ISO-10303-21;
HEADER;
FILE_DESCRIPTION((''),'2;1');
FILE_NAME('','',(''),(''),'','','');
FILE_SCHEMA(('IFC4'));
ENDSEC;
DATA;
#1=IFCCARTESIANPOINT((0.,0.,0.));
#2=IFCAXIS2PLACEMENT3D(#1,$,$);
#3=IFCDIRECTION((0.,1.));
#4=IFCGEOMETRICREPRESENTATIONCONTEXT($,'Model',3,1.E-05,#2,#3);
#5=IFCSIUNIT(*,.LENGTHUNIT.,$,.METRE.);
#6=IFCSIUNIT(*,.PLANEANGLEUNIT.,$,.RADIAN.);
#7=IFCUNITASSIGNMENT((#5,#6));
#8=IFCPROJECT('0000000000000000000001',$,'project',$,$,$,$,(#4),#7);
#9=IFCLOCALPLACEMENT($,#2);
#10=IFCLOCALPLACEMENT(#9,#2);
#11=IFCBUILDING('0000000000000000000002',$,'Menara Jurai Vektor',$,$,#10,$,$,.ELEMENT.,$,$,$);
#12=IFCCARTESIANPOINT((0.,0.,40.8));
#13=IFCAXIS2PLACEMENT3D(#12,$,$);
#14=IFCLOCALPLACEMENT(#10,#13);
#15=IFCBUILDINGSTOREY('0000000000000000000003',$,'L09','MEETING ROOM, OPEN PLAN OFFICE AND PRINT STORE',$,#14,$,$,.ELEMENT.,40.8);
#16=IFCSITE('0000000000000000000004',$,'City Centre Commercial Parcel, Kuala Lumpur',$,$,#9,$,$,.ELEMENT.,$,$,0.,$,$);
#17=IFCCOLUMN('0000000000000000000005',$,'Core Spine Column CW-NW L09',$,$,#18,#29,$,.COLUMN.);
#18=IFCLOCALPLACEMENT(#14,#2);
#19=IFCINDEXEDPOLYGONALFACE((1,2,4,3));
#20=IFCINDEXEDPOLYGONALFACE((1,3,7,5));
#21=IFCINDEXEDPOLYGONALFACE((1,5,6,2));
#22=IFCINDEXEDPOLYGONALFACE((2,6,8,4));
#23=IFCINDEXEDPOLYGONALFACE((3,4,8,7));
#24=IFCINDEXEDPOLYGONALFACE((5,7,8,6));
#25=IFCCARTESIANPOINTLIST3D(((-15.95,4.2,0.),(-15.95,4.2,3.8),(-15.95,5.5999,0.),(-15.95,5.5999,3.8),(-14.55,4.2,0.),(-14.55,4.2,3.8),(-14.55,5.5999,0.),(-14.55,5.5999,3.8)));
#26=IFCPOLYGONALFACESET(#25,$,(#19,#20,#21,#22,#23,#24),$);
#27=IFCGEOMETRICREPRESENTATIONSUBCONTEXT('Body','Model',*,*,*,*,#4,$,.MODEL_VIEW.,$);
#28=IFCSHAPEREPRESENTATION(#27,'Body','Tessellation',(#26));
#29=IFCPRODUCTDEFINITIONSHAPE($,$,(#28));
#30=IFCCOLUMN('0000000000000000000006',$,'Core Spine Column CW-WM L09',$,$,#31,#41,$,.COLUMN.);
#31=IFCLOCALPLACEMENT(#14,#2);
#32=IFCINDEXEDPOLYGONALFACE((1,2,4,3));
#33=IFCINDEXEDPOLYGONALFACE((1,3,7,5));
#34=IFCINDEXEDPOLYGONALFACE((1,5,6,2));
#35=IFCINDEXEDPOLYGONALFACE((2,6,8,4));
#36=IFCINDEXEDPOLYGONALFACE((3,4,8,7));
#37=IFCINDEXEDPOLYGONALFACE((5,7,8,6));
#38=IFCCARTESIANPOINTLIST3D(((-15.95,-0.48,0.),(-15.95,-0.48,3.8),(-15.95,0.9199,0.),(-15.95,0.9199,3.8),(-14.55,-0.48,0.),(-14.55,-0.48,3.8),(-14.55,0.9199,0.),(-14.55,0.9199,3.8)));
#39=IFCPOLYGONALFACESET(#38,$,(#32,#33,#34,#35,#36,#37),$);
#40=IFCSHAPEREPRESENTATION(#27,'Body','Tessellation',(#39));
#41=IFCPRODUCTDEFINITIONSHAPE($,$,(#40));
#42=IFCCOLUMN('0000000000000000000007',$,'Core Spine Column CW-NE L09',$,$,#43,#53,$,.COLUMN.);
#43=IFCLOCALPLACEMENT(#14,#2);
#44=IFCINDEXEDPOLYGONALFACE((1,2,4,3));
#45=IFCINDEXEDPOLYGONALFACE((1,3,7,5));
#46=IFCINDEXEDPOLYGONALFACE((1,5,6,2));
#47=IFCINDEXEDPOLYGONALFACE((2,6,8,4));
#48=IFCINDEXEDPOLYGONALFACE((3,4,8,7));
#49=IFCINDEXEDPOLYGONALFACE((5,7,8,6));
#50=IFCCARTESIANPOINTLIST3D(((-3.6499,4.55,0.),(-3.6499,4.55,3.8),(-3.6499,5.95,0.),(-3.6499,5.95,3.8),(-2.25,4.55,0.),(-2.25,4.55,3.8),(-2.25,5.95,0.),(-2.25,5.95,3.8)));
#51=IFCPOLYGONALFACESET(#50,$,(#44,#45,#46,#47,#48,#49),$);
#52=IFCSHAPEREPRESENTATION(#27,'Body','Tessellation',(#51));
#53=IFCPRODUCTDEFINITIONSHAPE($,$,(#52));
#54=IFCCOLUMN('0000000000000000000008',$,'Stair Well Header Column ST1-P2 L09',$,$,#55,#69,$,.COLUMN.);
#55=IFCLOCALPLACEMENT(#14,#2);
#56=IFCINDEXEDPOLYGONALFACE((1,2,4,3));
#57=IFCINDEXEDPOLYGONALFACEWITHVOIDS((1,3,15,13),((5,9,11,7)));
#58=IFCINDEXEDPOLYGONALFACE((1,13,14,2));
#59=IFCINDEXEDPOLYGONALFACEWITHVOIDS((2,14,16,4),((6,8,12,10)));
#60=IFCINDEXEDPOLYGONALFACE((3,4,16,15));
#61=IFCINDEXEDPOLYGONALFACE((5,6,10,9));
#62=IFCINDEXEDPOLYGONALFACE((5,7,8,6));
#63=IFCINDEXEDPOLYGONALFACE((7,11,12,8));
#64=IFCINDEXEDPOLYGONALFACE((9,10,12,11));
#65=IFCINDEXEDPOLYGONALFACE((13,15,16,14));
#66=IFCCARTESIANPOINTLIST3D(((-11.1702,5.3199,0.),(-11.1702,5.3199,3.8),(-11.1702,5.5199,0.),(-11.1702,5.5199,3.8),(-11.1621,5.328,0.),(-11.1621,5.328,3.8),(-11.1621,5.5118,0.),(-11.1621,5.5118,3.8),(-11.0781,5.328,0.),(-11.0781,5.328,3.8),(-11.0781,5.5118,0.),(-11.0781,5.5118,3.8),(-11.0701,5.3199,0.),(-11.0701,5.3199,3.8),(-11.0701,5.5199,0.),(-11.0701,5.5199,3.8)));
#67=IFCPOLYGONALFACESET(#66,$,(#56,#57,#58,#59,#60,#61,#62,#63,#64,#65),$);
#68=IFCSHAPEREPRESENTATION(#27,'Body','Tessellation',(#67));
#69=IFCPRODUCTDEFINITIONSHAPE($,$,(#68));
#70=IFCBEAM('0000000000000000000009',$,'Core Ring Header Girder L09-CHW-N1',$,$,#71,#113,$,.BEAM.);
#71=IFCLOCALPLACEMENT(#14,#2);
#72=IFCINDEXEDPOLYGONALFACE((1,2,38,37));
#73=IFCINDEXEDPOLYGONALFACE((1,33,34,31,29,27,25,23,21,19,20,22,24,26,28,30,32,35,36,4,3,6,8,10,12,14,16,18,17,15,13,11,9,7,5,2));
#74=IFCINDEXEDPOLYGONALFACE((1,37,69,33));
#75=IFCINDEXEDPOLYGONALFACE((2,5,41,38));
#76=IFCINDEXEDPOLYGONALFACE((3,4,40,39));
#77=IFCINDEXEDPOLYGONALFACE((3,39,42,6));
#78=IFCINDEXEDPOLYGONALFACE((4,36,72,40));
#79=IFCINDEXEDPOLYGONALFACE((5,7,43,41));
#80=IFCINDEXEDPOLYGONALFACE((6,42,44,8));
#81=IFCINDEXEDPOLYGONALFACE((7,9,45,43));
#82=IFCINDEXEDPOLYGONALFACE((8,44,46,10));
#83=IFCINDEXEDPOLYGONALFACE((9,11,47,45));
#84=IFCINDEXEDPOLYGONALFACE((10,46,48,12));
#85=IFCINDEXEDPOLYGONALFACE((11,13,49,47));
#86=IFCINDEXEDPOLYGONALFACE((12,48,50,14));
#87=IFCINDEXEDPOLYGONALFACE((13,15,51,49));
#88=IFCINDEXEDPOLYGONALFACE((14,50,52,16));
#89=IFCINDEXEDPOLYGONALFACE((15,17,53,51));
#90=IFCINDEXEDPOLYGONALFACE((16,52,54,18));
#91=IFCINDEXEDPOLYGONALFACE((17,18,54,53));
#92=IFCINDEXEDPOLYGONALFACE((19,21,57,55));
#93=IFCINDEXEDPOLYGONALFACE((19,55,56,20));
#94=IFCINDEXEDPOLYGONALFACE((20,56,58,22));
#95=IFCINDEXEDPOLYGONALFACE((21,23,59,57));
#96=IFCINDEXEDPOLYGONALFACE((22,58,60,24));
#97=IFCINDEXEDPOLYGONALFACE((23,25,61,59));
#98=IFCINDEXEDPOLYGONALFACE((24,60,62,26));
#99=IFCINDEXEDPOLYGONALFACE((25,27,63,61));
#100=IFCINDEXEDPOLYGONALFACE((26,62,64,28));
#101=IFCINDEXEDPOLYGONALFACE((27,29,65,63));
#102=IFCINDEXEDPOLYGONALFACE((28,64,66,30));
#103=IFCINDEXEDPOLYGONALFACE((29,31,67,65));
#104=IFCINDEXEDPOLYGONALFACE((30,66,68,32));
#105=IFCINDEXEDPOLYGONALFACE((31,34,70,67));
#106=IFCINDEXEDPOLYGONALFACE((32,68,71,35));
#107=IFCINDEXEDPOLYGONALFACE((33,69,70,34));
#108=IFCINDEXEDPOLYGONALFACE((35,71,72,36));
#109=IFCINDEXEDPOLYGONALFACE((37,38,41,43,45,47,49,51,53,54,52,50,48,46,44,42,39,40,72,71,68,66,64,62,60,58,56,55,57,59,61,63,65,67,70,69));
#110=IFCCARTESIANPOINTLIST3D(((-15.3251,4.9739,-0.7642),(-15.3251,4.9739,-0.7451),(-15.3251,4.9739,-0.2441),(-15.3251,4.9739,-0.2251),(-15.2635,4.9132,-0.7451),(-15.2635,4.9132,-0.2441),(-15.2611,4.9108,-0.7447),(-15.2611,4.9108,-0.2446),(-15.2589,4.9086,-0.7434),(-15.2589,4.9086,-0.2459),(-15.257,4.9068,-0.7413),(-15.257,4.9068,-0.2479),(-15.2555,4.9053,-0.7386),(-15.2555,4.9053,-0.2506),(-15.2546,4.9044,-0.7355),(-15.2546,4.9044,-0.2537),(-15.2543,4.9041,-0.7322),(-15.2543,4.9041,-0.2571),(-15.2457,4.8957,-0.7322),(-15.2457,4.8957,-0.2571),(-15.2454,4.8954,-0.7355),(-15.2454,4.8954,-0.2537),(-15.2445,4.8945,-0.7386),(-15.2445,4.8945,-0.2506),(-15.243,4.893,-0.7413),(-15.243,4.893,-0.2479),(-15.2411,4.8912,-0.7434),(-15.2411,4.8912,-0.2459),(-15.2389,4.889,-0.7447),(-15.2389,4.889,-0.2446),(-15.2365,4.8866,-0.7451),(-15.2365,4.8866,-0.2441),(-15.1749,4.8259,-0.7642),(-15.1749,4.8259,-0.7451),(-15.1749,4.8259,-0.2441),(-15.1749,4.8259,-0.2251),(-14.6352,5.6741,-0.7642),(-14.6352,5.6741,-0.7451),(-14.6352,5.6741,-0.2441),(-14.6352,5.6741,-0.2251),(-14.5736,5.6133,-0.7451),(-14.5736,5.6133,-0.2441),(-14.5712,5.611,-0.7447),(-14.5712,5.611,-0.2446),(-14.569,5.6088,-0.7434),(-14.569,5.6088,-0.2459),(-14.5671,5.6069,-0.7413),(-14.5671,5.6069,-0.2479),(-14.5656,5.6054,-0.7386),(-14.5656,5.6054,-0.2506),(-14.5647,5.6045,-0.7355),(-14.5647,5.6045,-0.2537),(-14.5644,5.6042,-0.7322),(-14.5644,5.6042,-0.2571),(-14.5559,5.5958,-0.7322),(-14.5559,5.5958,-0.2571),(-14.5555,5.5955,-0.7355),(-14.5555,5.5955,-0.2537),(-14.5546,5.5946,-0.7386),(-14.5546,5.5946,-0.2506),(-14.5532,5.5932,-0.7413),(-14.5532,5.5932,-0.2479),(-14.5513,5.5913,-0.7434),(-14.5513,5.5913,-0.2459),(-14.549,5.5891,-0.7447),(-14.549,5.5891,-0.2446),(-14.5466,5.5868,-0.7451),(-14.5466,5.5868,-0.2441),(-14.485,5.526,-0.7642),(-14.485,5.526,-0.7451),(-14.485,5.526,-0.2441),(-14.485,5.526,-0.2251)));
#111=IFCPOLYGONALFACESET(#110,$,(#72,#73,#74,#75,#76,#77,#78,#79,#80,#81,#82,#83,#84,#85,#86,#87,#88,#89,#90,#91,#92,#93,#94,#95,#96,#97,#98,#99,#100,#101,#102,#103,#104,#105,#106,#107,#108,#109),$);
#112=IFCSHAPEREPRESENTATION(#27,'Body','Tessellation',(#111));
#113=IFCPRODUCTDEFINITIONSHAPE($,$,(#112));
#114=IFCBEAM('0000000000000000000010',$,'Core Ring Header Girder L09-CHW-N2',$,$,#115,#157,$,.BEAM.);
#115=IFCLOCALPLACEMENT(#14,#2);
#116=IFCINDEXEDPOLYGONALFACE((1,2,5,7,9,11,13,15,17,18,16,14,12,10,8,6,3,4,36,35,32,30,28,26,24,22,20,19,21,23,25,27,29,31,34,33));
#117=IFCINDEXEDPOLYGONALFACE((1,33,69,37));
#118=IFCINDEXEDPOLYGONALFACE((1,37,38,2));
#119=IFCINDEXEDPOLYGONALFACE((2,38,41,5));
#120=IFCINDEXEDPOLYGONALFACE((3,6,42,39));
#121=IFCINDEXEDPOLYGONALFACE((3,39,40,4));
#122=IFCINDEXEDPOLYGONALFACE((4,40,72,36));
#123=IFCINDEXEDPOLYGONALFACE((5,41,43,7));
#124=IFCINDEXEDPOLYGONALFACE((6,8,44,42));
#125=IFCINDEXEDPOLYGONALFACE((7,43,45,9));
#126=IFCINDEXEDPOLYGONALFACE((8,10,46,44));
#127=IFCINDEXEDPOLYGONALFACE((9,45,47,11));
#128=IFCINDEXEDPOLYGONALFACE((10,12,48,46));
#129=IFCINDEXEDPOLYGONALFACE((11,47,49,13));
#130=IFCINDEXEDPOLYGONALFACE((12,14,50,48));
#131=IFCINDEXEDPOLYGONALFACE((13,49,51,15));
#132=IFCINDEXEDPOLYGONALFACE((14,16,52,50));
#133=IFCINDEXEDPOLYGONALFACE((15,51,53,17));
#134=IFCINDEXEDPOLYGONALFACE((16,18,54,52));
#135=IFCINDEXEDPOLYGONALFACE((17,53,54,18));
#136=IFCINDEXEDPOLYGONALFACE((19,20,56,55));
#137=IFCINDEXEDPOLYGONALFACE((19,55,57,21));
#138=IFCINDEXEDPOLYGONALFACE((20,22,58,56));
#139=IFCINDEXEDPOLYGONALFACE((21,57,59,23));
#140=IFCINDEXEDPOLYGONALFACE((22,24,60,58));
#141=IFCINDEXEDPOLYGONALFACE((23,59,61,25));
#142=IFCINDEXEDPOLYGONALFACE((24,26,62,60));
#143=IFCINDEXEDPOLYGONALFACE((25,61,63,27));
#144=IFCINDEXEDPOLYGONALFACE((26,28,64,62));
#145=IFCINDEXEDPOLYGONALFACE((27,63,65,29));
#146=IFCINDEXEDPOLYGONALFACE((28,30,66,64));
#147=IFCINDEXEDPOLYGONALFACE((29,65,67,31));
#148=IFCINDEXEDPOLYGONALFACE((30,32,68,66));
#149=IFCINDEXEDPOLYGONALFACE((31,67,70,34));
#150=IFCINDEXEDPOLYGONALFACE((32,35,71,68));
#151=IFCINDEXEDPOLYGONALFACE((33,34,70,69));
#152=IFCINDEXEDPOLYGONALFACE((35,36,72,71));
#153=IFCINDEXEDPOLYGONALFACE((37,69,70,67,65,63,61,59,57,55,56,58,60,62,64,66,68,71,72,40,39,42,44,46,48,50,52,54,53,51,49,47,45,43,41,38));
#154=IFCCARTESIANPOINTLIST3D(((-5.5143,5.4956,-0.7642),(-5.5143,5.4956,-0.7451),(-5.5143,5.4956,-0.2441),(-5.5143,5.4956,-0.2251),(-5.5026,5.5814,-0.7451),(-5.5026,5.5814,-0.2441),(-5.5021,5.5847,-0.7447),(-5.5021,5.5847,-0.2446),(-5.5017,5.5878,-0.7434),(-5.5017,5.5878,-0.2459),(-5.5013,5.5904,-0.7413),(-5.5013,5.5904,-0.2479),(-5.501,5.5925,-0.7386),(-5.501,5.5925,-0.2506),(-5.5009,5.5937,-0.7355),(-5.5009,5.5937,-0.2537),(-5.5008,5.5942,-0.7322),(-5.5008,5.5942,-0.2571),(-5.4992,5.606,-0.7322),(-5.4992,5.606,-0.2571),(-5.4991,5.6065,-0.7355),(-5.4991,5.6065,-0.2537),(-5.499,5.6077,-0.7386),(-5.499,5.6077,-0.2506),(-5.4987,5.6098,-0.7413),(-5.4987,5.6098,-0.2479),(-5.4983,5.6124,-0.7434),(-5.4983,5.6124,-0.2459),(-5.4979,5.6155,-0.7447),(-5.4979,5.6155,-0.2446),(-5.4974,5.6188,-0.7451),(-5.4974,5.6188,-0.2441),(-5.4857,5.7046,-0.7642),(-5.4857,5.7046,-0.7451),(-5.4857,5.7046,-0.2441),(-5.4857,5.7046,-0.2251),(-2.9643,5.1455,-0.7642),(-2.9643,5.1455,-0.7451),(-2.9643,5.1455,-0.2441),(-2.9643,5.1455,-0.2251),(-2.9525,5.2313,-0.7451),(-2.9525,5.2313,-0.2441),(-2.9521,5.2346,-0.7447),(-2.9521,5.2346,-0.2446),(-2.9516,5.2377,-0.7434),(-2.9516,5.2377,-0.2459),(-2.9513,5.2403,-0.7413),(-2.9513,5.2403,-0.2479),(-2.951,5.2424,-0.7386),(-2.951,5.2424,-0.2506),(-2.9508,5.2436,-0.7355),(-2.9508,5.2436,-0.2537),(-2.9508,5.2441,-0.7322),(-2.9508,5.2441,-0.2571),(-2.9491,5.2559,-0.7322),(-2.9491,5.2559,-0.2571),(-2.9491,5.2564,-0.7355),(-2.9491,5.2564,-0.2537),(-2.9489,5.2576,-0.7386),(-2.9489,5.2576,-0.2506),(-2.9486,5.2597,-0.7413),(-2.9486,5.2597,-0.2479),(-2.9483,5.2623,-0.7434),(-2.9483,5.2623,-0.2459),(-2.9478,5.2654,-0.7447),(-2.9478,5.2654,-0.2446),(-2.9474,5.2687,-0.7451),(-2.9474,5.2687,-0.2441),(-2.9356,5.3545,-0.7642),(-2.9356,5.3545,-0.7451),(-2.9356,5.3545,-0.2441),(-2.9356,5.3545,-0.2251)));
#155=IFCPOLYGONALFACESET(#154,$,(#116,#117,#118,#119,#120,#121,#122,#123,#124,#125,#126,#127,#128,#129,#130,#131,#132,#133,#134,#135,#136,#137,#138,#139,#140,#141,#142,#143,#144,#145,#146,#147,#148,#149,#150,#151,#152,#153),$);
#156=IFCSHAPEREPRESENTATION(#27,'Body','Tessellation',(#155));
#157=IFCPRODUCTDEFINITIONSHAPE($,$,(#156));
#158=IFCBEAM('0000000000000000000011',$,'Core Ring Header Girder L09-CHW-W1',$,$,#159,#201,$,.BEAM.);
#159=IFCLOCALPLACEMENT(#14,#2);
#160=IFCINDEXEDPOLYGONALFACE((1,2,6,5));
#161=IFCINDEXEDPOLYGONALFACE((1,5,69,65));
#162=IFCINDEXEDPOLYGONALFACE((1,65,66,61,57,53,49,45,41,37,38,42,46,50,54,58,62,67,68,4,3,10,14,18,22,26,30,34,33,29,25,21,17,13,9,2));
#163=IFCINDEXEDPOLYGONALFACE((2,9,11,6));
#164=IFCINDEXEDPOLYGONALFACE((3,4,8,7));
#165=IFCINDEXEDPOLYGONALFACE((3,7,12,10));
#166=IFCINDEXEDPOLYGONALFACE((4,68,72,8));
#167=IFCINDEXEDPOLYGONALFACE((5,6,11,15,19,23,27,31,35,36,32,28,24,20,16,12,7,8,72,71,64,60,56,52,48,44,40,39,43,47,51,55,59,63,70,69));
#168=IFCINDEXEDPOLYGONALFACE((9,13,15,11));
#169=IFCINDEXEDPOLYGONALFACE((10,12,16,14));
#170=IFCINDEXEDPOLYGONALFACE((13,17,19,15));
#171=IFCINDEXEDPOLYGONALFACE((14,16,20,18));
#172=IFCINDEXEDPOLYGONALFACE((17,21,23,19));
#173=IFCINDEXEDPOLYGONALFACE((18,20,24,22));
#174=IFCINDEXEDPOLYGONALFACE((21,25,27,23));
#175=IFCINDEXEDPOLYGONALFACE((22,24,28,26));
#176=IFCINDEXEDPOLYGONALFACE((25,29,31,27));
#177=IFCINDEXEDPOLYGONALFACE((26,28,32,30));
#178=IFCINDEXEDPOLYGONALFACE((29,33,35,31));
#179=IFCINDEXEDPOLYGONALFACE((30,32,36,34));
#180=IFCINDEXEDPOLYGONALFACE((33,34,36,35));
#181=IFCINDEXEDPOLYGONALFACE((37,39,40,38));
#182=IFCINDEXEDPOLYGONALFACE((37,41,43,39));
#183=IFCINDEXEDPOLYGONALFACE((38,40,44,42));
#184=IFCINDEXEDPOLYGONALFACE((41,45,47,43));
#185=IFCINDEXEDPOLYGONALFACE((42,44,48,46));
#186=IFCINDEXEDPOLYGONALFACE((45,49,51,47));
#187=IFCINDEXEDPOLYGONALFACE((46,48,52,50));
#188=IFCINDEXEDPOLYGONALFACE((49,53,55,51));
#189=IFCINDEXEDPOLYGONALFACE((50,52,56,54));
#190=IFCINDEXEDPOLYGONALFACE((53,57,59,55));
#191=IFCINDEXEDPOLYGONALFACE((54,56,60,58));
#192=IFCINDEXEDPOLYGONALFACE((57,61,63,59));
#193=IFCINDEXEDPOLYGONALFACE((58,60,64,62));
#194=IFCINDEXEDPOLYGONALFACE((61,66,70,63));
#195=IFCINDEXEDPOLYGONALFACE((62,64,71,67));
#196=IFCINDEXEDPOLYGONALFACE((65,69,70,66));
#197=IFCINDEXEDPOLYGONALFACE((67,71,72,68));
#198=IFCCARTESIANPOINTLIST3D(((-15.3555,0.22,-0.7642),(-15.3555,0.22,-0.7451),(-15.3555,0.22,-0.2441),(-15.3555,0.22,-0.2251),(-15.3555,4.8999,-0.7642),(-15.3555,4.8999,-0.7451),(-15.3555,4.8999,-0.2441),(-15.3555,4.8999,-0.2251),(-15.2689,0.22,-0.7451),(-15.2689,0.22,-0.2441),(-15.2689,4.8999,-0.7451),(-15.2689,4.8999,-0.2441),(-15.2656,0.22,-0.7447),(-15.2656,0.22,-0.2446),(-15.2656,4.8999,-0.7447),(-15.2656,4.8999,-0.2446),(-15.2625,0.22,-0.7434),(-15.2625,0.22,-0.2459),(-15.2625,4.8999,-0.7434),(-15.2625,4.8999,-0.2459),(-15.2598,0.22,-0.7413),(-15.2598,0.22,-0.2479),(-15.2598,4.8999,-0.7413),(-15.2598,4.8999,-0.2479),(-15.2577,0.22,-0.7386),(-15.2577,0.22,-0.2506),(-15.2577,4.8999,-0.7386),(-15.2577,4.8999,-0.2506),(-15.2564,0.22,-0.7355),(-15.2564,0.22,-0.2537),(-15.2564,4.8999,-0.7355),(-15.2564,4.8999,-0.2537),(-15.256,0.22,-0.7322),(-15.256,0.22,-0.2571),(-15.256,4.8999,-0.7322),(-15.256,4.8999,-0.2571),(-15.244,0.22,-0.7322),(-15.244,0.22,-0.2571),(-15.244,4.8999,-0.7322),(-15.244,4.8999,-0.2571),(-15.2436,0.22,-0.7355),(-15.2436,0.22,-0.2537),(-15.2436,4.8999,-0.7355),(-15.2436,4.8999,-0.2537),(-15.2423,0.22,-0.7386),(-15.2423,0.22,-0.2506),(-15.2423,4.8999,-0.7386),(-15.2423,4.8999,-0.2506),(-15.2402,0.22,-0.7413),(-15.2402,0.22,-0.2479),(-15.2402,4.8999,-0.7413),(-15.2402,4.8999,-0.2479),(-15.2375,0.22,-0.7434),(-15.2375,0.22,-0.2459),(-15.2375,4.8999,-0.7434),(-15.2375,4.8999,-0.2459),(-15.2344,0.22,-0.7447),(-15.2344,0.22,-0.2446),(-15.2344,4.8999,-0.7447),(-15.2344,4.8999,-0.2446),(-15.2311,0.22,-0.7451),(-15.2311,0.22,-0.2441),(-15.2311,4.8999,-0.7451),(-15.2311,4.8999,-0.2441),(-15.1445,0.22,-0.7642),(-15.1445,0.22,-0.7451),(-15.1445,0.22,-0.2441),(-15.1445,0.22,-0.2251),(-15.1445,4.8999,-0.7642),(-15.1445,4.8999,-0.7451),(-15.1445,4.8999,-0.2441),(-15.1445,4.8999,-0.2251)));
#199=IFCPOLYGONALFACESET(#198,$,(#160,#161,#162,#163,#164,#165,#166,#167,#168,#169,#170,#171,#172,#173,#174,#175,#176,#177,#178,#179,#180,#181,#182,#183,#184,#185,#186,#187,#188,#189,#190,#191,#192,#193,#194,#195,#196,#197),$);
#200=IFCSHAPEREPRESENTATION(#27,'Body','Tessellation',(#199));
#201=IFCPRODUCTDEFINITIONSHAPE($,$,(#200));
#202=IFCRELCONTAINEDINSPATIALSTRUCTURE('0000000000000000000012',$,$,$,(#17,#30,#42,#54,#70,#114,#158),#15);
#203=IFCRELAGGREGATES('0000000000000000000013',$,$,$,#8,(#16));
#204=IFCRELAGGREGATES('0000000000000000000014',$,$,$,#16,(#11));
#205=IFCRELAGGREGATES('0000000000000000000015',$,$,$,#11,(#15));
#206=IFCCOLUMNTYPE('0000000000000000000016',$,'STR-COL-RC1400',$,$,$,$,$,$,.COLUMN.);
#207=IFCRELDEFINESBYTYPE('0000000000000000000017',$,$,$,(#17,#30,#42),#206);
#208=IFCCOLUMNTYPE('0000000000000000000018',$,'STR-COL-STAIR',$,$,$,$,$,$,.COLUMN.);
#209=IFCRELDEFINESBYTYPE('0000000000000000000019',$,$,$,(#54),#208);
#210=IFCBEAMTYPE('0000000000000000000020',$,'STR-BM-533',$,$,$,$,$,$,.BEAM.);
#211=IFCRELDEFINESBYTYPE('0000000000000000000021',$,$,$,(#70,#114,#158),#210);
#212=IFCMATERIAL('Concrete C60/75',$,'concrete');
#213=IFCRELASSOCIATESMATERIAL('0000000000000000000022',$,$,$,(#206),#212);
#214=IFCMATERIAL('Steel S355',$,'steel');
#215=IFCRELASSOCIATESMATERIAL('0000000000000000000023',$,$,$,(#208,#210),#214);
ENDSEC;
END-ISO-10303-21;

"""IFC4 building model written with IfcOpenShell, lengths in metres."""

from ifc_helpers import new_model, si_unit, direction, frame, origin, origin_2d, place, context, subcontext, project, spatial, rectangle, hollow_rectangle, i_section, extrude, material, material_profile, profile_set, type_object, element, save


model = new_model("IFC4")

# Units and contexts
model_context = context("Model", 3, precision=1e-05, world=origin(), true_north=direction((0.0, 1.0)))
body_context = subcontext(model_context, "Body", "Model", "MODEL_VIEW")
ifc_project = project(units=[si_unit("LENGTHUNIT", "METRE"), si_unit("PLANEANGLEUNIT", "RADIAN")], contexts=[model_context])

# Site, building, storey
site_placement = place(None, origin())
site = spatial("IfcSite", under=ifc_project, at=site_placement, Name="City Centre Commercial Parcel, Kuala Lumpur", CompositionType="ELEMENT", RefElevation=0.0)
building_placement = place(site_placement, origin())
building = spatial("IfcBuilding", under=site, at=building_placement, Name="Menara Jurai Vektor", CompositionType="ELEMENT")
storey_placement = place(building_placement, frame((0.0, 0.0, 40.8)))
storey = spatial("IfcBuildingStorey", under=building, at=storey_placement, Name="L09", Description="MEETING ROOM, OPEN PLAN OFFICE AND PRINT STORE", CompositionType="ELEMENT", Elevation=40.8)

# Columns
ifc_material_1 = material(Name="Concrete C60/75", Category="concrete")
ifc_material_profile_1 = material_profile(ifc_material_1, rectangle(XDim=1.3999, YDim=1.3999, at=origin_2d()), Name="RC 1400x1400")
ifc_profile_set_1 = profile_set([ifc_material_profile_1], Name="Concrete C60/75")
column_type_1 = type_object("IfcColumnType", Name="STR-COL-RC1400", PredefinedType="COLUMN", material=ifc_profile_set_1)
for number, where, z_axis, x_axis, name in (
    (1, (-15.25, 4.8999, 0.0), (0.0, 0.0, 1.0), (1.0, 0.0, 0.0), "Core Spine Column CW-NW L09"),
    (2, (-15.25, 0.22, 0.0), (0.0, 0.0, 1.0), (1.0, 0.0, 0.0), "Core Spine Column CW-WM L09"),
    (3, (-2.95, 5.25, 0.0), (0.0, 0.0, 1.0), (1.0, 0.0, 0.0), "Core Spine Column CW-NE L09"),
):
    element("IfcColumn", number, at=place(storey_placement, frame(where, z_axis=z_axis, x_axis=x_axis)), inside=storey, type_object=column_type_1, Name=name, PredefinedType="COLUMN", context=body_context, shape_type="SweptSolid", body=[
        extrude(rectangle(XDim=1.3999, YDim=1.3999, at=origin_2d()), origin(), (0.0, 0.0, 1.0), 3.8),
    ])
ifc_material_2 = material(Name="Steel S355", Category="steel")
ifc_material_profile_2 = material_profile(ifc_material_2, hollow_rectangle(XDim=0.1001, YDim=0.2, WallThickness=0.0081, at=origin_2d()), Name="RHS 200x100x8")
ifc_profile_set_2 = profile_set([ifc_material_profile_2], Name="Steel S355")
column_type_2 = type_object("IfcColumnType", Name="STR-COL-STAIR", PredefinedType="COLUMN", material=ifc_profile_set_2)
column_placement = place(storey_placement, frame((-11.1201, 5.4199, 0.0), z_axis=(0.0, 0.0, 1.0), x_axis=(1.0, 0.0, 0.0)))
element("IfcColumn", 4, at=column_placement, inside=storey, type_object=column_type_2, Name="Stair Well Header Column ST1-P2 L09", PredefinedType="COLUMN", context=body_context, shape_type="SweptSolid", body=[
    extrude(hollow_rectangle(XDim=0.1001, YDim=0.2, WallThickness=0.0081, at=origin_2d()), origin(), (0.0, 0.0, 1.0), 3.8),
])

# Beams
ifc_material_profile_3 = material_profile(ifc_material_2, i_section(OverallWidth=0.2109, OverallDepth=0.5391, WebThickness=0.012, FlangeThickness=0.019, FilletRadius=0.0129, at=origin_2d()), Name="UKB 533x210x109")
ifc_profile_set_3 = profile_set([ifc_material_profile_3], Name="Steel S355")
beam_type_1 = type_object("IfcBeamType", Name="STR-BM-533", PredefinedType="BEAM", material=ifc_profile_set_3)
beam_1_placement = place(storey_placement, frame((-15.25, 4.8999, -0.4946), z_axis=(0.701872, 0.712303, 0.0), x_axis=(-0.712303, 0.701872, 0.0)))
element("IfcBeam", 5, at=beam_1_placement, inside=storey, type_object=beam_type_1, Name="Core Ring Header Girder L09-CHW-N1", PredefinedType="BEAM", context=body_context, shape_type="SweptSolid", body=[
    extrude(i_section(OverallWidth=0.2109, OverallDepth=0.5391, WebThickness=0.012, FlangeThickness=0.019, FilletRadius=0.0129, at=origin_2d()), origin(), (0.0, 0.0, 1.0), 0.9829),
])
beam_2_placement = place(storey_placement, frame((-5.5, 5.6001, -0.4946), z_axis=(0.990707, -0.136015, 0.0), x_axis=(0.136015, 0.990707, 0.0)))
element("IfcBeam", 6, at=beam_2_placement, inside=storey, type_object=beam_type_1, Name="Core Ring Header Girder L09-CHW-N2", PredefinedType="BEAM", context=body_context, shape_type="SweptSolid", body=[
    extrude(i_section(OverallWidth=0.2109, OverallDepth=0.5391, WebThickness=0.012, FlangeThickness=0.019, FilletRadius=0.0129, at=origin_2d()), origin(), (0.0, 0.0, 1.0), 2.574),
])
beam_3_placement = place(storey_placement, frame((-15.25, 0.22, -0.4946), z_axis=(0.0, 1.0, 0.0), x_axis=(-1.0, 0.0, 0.0)))
element("IfcBeam", 7, at=beam_3_placement, inside=storey, type_object=beam_type_1, Name="Core Ring Header Girder L09-CHW-W1", PredefinedType="BEAM", context=body_context, shape_type="SweptSolid", body=[
    extrude(i_section(OverallWidth=0.2109, OverallDepth=0.5391, WebThickness=0.012, FlangeThickness=0.019, FilletRadius=0.0129, at=origin_2d()), origin(), (0.0, 0.0, 1.0), 4.6799),
])

save(model, "model.ifc")
